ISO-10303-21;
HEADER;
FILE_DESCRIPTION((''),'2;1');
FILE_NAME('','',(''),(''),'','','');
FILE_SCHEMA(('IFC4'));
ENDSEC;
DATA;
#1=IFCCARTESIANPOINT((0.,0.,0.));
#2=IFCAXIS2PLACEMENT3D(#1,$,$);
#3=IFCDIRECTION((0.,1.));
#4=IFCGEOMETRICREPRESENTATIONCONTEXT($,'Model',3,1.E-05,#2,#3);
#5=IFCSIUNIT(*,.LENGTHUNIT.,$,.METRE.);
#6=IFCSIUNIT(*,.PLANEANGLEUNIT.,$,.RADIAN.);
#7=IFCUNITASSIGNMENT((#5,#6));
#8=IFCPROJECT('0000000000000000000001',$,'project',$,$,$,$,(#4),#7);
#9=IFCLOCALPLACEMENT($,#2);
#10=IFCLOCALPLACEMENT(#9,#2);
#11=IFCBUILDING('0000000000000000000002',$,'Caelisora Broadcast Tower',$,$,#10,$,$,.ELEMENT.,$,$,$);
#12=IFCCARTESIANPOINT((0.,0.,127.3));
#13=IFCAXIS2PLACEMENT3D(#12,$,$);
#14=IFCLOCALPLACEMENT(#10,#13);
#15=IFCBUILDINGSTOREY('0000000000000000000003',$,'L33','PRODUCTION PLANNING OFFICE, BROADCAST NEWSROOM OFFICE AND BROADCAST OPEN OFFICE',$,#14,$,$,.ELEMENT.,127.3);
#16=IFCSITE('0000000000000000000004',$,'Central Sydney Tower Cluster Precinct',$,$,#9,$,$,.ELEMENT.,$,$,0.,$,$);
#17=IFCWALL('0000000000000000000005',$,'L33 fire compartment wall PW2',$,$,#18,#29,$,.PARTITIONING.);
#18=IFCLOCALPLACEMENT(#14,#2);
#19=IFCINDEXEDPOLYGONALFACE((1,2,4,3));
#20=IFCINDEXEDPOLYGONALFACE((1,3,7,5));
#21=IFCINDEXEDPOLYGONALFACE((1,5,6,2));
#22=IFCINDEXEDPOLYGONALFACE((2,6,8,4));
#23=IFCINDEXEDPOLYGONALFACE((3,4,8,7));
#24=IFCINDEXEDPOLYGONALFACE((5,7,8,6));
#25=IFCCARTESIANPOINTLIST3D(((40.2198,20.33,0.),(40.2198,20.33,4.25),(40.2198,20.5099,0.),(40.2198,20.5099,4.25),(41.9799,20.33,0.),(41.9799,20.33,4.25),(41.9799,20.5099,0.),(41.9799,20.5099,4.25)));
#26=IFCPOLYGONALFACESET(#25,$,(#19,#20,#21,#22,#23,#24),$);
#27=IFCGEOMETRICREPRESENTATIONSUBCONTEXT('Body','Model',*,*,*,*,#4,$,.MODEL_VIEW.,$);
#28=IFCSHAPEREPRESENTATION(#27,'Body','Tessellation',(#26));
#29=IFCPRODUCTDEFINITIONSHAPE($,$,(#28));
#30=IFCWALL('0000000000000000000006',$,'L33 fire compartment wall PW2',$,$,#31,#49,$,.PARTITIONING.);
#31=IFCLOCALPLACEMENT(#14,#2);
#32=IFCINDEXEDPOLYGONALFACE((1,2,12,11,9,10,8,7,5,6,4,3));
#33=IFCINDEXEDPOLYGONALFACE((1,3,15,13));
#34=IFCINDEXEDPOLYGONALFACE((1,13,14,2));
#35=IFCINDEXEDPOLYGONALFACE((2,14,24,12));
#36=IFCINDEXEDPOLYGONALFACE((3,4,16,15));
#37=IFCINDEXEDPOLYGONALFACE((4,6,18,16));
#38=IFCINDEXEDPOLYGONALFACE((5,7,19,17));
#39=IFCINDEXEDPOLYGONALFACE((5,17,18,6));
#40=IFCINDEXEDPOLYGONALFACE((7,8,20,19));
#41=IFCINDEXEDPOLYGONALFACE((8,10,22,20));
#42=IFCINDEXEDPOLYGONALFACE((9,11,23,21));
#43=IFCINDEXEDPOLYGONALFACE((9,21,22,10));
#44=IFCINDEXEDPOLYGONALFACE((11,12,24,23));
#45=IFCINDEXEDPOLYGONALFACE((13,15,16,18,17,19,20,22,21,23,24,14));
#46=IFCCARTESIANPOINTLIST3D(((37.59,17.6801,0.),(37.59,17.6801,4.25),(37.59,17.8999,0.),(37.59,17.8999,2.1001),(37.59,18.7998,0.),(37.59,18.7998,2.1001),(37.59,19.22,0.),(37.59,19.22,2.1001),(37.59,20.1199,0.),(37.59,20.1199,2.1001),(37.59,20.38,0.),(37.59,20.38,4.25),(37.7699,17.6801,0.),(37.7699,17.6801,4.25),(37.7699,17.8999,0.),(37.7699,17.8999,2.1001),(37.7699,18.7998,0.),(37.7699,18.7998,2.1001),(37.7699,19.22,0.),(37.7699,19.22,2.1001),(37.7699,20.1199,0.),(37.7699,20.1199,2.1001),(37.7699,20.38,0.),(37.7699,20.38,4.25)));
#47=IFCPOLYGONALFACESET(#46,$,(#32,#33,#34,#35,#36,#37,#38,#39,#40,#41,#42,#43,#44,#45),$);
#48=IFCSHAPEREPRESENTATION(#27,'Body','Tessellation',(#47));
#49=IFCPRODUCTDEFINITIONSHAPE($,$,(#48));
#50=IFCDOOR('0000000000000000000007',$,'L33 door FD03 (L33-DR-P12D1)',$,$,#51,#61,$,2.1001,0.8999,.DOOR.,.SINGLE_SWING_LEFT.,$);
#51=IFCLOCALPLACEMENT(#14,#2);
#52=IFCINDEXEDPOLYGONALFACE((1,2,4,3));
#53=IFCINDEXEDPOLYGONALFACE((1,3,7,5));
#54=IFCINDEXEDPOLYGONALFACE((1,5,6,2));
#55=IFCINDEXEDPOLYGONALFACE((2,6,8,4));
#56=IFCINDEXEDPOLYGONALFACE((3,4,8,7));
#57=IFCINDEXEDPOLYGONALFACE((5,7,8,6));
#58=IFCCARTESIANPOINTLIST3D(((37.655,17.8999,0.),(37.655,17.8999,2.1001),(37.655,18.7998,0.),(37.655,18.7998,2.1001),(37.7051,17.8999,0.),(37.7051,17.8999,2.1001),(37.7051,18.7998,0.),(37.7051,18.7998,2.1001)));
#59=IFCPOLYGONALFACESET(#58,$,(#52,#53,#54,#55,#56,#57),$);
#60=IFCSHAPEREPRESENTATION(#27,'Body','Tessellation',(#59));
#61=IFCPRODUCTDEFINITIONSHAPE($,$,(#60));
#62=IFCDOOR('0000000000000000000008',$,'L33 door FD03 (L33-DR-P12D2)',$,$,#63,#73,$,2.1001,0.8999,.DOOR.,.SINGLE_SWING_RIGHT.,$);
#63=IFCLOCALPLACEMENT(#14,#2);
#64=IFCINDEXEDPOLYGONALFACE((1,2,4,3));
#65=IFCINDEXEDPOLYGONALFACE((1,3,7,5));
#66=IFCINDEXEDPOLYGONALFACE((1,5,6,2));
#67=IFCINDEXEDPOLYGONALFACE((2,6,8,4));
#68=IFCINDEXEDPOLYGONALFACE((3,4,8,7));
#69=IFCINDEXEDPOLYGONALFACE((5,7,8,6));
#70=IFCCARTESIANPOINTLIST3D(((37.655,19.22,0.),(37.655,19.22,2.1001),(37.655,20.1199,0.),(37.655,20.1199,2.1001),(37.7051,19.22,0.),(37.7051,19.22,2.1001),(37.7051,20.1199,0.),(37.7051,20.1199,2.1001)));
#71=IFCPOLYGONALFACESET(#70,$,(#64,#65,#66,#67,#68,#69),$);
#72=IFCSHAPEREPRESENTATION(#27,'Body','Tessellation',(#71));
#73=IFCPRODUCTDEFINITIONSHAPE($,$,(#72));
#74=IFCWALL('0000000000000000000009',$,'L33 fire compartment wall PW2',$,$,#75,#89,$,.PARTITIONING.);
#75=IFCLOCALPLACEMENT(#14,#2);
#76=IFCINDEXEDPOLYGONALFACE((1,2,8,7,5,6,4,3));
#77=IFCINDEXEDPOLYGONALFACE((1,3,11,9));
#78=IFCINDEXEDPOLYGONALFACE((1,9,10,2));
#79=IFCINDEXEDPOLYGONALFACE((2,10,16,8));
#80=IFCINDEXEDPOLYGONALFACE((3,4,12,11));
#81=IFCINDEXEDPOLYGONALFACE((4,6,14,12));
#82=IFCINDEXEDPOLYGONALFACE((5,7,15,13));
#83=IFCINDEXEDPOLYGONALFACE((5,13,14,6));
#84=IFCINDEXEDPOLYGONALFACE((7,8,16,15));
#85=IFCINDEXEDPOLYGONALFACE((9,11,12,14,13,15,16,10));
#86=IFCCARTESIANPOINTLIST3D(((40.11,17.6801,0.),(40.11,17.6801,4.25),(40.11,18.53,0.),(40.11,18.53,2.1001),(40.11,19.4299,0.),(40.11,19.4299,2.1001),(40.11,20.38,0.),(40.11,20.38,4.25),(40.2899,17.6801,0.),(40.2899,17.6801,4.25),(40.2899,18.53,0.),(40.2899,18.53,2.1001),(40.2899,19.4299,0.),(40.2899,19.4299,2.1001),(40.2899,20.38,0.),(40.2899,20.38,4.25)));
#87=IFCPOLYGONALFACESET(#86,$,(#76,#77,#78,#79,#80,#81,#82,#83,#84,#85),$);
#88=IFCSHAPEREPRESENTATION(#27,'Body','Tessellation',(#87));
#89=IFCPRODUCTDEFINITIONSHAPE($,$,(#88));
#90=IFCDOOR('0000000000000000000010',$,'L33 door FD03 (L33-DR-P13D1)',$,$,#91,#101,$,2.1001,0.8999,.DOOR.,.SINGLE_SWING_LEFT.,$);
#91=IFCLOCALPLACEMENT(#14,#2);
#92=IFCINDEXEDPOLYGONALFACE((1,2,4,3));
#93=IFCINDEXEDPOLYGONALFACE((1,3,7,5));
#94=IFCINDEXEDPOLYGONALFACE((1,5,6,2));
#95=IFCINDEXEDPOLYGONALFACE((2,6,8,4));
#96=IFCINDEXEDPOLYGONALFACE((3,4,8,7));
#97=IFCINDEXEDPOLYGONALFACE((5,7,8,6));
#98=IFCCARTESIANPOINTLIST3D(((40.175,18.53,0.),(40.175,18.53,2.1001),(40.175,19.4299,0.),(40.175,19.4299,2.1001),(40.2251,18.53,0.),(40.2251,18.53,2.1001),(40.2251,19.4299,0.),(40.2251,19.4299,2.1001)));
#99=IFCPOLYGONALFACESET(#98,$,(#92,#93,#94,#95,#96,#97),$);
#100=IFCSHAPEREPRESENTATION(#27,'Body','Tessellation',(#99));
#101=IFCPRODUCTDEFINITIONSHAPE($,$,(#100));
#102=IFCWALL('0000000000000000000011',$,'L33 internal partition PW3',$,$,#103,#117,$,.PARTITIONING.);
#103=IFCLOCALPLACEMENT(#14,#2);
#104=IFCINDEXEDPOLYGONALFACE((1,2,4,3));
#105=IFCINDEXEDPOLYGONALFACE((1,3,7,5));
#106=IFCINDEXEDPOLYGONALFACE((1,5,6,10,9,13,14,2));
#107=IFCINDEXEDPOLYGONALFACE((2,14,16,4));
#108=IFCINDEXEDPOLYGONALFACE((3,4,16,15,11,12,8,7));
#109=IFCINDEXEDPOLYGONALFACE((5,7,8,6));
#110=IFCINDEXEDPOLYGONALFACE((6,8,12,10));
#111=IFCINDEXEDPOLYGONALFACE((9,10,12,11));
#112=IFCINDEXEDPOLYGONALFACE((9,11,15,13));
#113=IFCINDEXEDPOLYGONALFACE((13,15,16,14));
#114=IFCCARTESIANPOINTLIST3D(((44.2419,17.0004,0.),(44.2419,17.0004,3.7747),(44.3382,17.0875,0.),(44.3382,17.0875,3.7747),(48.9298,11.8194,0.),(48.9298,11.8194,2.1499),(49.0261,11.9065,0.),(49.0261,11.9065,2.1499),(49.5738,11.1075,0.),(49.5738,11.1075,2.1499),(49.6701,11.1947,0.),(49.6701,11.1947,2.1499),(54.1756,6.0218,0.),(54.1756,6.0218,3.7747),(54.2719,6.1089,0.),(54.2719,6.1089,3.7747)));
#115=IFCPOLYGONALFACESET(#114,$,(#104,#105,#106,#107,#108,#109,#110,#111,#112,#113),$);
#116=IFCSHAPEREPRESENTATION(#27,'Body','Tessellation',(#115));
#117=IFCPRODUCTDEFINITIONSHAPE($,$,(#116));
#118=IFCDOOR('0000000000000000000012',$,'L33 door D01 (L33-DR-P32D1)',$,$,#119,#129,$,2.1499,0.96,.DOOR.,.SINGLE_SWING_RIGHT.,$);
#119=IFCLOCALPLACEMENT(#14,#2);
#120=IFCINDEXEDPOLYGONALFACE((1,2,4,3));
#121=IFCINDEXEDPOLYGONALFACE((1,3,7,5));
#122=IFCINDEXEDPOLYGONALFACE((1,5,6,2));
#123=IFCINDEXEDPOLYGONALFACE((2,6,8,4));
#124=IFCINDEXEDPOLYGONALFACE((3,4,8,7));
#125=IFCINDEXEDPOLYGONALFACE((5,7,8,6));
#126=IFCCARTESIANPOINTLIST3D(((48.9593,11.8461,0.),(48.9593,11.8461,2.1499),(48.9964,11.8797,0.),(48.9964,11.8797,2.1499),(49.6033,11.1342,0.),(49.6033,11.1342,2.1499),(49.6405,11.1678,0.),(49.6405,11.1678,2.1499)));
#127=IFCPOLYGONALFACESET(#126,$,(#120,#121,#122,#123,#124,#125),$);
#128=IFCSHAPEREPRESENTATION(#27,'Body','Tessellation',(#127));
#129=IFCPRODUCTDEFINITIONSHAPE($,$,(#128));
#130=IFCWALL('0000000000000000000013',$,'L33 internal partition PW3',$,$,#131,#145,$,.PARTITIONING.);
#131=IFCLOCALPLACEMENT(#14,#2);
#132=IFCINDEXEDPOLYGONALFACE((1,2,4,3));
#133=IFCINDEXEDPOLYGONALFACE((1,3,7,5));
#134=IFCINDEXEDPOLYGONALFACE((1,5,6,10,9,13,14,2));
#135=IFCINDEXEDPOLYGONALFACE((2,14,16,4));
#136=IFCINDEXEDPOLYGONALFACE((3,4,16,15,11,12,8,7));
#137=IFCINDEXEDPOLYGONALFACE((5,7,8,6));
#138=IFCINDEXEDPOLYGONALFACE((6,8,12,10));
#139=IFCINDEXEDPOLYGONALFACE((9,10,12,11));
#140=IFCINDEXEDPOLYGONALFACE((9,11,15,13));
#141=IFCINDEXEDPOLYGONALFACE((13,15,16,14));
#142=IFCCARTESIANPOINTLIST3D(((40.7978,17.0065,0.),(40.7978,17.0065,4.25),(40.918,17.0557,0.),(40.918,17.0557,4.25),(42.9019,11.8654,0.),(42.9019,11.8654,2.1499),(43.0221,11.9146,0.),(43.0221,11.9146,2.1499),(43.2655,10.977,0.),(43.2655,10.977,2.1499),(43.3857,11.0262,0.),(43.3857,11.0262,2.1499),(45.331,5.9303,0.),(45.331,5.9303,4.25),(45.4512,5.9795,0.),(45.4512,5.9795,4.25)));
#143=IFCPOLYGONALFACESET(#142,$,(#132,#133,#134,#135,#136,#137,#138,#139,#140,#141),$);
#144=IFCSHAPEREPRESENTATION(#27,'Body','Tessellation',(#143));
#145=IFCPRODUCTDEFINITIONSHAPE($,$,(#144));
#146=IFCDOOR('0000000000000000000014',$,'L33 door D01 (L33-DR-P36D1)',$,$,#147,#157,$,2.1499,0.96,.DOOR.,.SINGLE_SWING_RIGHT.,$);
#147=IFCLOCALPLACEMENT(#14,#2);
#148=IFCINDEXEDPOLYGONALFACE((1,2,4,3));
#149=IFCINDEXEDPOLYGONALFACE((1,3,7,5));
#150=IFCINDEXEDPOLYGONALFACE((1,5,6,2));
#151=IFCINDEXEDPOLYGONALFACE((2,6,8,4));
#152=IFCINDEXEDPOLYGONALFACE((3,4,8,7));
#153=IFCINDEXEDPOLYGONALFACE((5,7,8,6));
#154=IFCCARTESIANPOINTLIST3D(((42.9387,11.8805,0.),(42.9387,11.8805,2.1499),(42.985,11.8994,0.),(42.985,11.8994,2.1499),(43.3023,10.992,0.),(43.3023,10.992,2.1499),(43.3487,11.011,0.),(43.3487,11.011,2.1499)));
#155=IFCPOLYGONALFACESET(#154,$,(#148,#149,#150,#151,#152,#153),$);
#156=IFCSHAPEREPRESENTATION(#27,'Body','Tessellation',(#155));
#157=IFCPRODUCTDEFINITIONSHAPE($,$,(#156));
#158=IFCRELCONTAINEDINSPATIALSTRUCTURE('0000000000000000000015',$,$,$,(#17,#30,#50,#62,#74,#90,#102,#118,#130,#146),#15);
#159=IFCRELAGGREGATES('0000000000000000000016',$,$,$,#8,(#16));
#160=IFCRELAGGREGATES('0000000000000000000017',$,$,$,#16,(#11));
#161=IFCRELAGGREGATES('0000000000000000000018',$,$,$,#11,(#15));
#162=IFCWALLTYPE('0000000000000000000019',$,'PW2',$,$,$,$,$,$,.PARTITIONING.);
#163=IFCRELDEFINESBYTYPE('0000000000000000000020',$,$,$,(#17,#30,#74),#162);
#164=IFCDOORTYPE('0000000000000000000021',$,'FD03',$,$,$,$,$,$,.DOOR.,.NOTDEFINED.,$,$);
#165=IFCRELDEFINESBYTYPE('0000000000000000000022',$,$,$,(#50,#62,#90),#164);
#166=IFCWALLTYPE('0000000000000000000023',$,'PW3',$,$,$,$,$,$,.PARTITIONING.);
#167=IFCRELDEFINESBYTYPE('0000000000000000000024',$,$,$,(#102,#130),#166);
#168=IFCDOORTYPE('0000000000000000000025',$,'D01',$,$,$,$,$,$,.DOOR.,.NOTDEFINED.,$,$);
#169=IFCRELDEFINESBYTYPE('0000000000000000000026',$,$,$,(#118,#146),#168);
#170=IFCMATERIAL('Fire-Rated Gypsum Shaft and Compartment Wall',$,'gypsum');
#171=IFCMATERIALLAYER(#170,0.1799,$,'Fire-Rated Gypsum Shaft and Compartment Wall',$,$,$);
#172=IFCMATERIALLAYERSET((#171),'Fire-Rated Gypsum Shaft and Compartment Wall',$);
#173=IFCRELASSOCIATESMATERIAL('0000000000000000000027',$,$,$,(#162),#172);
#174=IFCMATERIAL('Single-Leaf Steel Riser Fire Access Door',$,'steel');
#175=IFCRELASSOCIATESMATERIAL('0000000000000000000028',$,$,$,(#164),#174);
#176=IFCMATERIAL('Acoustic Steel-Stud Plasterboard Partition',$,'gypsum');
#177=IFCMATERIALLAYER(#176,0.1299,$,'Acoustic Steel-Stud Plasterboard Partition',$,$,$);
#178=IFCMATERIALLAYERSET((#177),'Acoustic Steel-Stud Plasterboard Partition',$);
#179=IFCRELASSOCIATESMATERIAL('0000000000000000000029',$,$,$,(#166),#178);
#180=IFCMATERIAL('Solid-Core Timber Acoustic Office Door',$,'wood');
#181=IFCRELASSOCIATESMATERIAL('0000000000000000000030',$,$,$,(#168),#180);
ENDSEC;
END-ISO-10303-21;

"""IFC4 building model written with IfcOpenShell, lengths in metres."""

from ifc_helpers import new_model, si_unit, direction, frame, frame_2d, origin, place, context, subcontext, project, spatial, rectangle, extrude, material, layer, layer_set, type_object, element, fill, save


model = new_model("IFC4")

# Units and contexts
model_context = context("Model", 3, precision=1e-05, world=origin(), true_north=direction((0.0, 1.0)))
body_context = subcontext(model_context, "Body", "Model", "MODEL_VIEW")
ifc_project = project(units=[si_unit("LENGTHUNIT", "METRE"), si_unit("PLANEANGLEUNIT", "RADIAN")], contexts=[model_context])

# Site, building, storey
site_placement = place(None, origin())
site = spatial("IfcSite", under=ifc_project, at=site_placement, Name="Central Sydney Tower Cluster Precinct", CompositionType="ELEMENT", RefElevation=0.0)
building_placement = place(site_placement, origin())
building = spatial("IfcBuilding", under=site, at=building_placement, Name="Caelisora Broadcast Tower", CompositionType="ELEMENT")
storey_placement = place(building_placement, frame((0.0, 0.0, 127.3)))
storey = spatial("IfcBuildingStorey", under=building, at=storey_placement, Name="L33", Description="PRODUCTION PLANNING OFFICE, BROADCAST NEWSROOM OFFICE AND BROADCAST OPEN OFFICE", CompositionType="ELEMENT", Elevation=127.3)

# Shared definitions
ifc_material_1 = material(Name="Fire-Rated Gypsum Shaft and Compartment Wall", Category="gypsum")
ifc_layer_1 = layer(ifc_material_1, 0.1799, Name="Fire-Rated Gypsum Shaft and Compartment Wall")
ifc_layer_set_1 = layer_set([ifc_layer_1], Name="Fire-Rated Gypsum Shaft and Compartment Wall")
wall_type_1 = type_object("IfcWallType", Name="PW2", PredefinedType="PARTITIONING", material=ifc_layer_set_1)

# Wall
wall_1_placement = place(storey_placement, frame((40.22, 20.4199, 0.0), z_axis=(0.0, 0.0, 1.0), x_axis=(1.0, 0.0, 0.0)))
element("IfcWall", 1, at=wall_1_placement, inside=storey, type_object=wall_type_1, Name="L33 fire compartment wall PW2", PredefinedType="PARTITIONING", context=body_context, shape_type="SweptSolid", body=[
    extrude(rectangle(XDim=1.76, YDim=0.1799, at=frame_2d((0.8799, 0.0))), origin(), (0.0, 0.0, 1.0), 4.25),
])

# Wall, openings, doors
wall_2_placement = place(storey_placement, frame((37.6799, 17.6799, 0.0), z_axis=(0.0, 0.0, 1.0), x_axis=(0.0, 1.0, 0.0)))
wall_2 = element("IfcWall", 2, at=wall_2_placement, inside=storey, type_object=wall_type_1, Name="L33 fire compartment wall PW2", PredefinedType="PARTITIONING", context=body_context, shape_type="SweptSolid", body=[
    extrude(rectangle(XDim=2.7, YDim=0.1799, at=frame_2d((1.3501, 0.0))), origin(), (0.0, 0.0, 1.0), 4.25),
])
opening_1_placement = place(wall_2_placement, frame((0.22, 0.0, 0.0)))
opening_1 = element("IfcOpeningElement", 3, at=opening_1_placement, cuts=wall_2, PredefinedType="OPENING", context=body_context, shape_type="SweptSolid", body=[
    extrude(rectangle(XDim=0.8999, YDim=2.1001, at=frame_2d((0.45, 1.05))), frame((0.0, 0.1021, 0.0), z_axis=(0.0, -1.0, 0.0), x_axis=(1.0, 0.0, 0.0)), (0.0, 0.0, 1.0), 0.2039),
])
opening_2_placement = place(wall_2_placement, frame((1.54, 0.0, 0.0)))
opening_2 = element("IfcOpeningElement", 4, at=opening_2_placement, cuts=wall_2, PredefinedType="OPENING", context=body_context, shape_type="SweptSolid", body=[
    extrude(rectangle(XDim=0.8999, YDim=2.1001, at=frame_2d((0.45, 1.05))), frame((0.0, 0.1021, 0.0), z_axis=(0.0, -1.0, 0.0), x_axis=(1.0, 0.0, 0.0)), (0.0, 0.0, 1.0), 0.2039),
])
ifc_material_2 = material(Name="Single-Leaf Steel Riser Fire Access Door", Category="steel")
door_type_1 = type_object("IfcDoorType", Name="FD03", OperationType="NOTDEFINED", PredefinedType="DOOR", material=ifc_material_2)
door_1_placement = place(opening_1_placement, origin())
door_1 = element("IfcDoor", 5, at=door_1_placement, inside=storey, type_object=door_type_1, Name="L33 door FD03 (L33-DR-P12D1)", OperationType="SINGLE_SWING_LEFT", OverallHeight=2.1001, OverallWidth=0.8999, PredefinedType="DOOR", context=body_context, shape_type="SweptSolid", body=[
    extrude(rectangle(XDim=0.8999, YDim=2.1001, at=frame_2d((0.45, 1.05))), frame((0.0, 0.0249, 0.0), z_axis=(0.0, -1.0, 0.0), x_axis=(1.0, 0.0, 0.0)), (0.0, 0.0, 1.0), 0.05),
])
fill(opening_1, door_1)
door_2_placement = place(opening_2_placement, origin())
door_2 = element("IfcDoor", 6, at=door_2_placement, inside=storey, type_object=door_type_1, Name="L33 door FD03 (L33-DR-P12D2)", OperationType="SINGLE_SWING_RIGHT", OverallHeight=2.1001, OverallWidth=0.8999, PredefinedType="DOOR", context=body_context, shape_type="SweptSolid", body=[
    extrude(rectangle(XDim=0.8999, YDim=2.1001, at=frame_2d((0.45, 1.05))), frame((0.0, 0.0249, 0.0), z_axis=(0.0, -1.0, 0.0), x_axis=(1.0, 0.0, 0.0)), (0.0, 0.0, 1.0), 0.05),
])
fill(opening_2, door_2)

# Walls, openings, doors
wall_3_placement = place(storey_placement, frame((40.2, 17.6799, 0.0), z_axis=(0.0, 0.0, 1.0), x_axis=(0.0, 1.0, 0.0)))
wall_3 = element("IfcWall", 7, at=wall_3_placement, inside=storey, type_object=wall_type_1, Name="L33 fire compartment wall PW2", PredefinedType="PARTITIONING", context=body_context, shape_type="SweptSolid", body=[
    extrude(rectangle(XDim=2.7, YDim=0.1799, at=frame_2d((1.3501, 0.0))), origin(), (0.0, 0.0, 1.0), 4.25),
])
opening_3_placement = place(wall_3_placement, frame((0.8501, 0.0, 0.0)))
opening_3 = element("IfcOpeningElement", 8, at=opening_3_placement, cuts=wall_3, PredefinedType="OPENING", context=body_context, shape_type="SweptSolid", body=[
    extrude(rectangle(XDim=0.8999, YDim=2.1001, at=frame_2d((0.45, 1.05))), frame((0.0, 0.1021, 0.0), z_axis=(0.0, -1.0, 0.0), x_axis=(1.0, 0.0, 0.0)), (0.0, 0.0, 1.0), 0.2039),
])
door_3_placement = place(opening_3_placement, origin())
door_3 = element("IfcDoor", 9, at=door_3_placement, inside=storey, type_object=door_type_1, Name="L33 door FD03 (L33-DR-P13D1)", OperationType="SINGLE_SWING_LEFT", OverallHeight=2.1001, OverallWidth=0.8999, PredefinedType="DOOR", context=body_context, shape_type="SweptSolid", body=[
    extrude(rectangle(XDim=0.8999, YDim=2.1001, at=frame_2d((0.45, 1.05))), frame((0.0, 0.0249, 0.0), z_axis=(0.0, -1.0, 0.0), x_axis=(1.0, 0.0, 0.0)), (0.0, 0.0, 1.0), 0.05),
])
fill(opening_3, door_3)
ifc_material_3 = material(Name="Acoustic Steel-Stud Plasterboard Partition", Category="gypsum")
ifc_layer_2 = layer(ifc_material_3, 0.1299, Name="Acoustic Steel-Stud Plasterboard Partition")
ifc_layer_set_2 = layer_set([ifc_layer_2], Name="Acoustic Steel-Stud Plasterboard Partition")
wall_type_2 = type_object("IfcWallType", Name="PW3", PredefinedType="PARTITIONING", material=ifc_layer_set_2)
wall_4_placement = place(storey_placement, frame((44.29, 17.0439, 0.0), z_axis=(0.0, 0.0, 1.0), x_axis=(0.670938, -0.741514, 0.0)))
wall_4 = element("IfcWall", 10, at=wall_4_placement, inside=storey, type_object=wall_type_2, Name="L33 internal partition PW3", PredefinedType="PARTITIONING", context=body_context, shape_type="SweptSolid", body=[
    extrude(rectangle(XDim=14.8057, YDim=0.1299, at=frame_2d((7.4028, 0.0))), origin(), (0.0, 0.0, 1.0), 3.7747),
])
opening_4_placement = place(wall_4_placement, frame((6.9871, 0.0, 0.0)))
opening_4 = element("IfcOpeningElement", 11, at=opening_4_placement, cuts=wall_4, PredefinedType="OPENING", context=body_context, shape_type="SweptSolid", body=[
    extrude(rectangle(XDim=0.96, YDim=2.1499, at=frame_2d((0.48, 1.075))), frame((0.0, 0.0769, 0.0), z_axis=(0.0, -1.0, 0.0), x_axis=(1.0, 0.0, 0.0)), (0.0, 0.0, 1.0), 0.1538),
])
ifc_material_4 = material(Name="Solid-Core Timber Acoustic Office Door", Category="wood")
door_type_2 = type_object("IfcDoorType", Name="D01", OperationType="NOTDEFINED", PredefinedType="DOOR", material=ifc_material_4)
door_4_placement = place(opening_4_placement, origin())
door_4 = element("IfcDoor", 12, at=door_4_placement, inside=storey, type_object=door_type_2, Name="L33 door D01 (L33-DR-P32D1)", OperationType="SINGLE_SWING_RIGHT", OverallHeight=2.1499, OverallWidth=0.96, PredefinedType="DOOR", context=body_context, shape_type="SweptSolid", body=[
    extrude(rectangle(XDim=0.96, YDim=2.1499, at=frame_2d((0.48, 1.075))), frame((0.0, 0.0249, 0.0), z_axis=(0.0, -1.0, 0.0), x_axis=(1.0, 0.0, 0.0)), (0.0, 0.0, 1.0), 0.05),
])
fill(opening_4, door_4)
wall_5_placement = place(storey_placement, frame((40.8579, 17.031, 0.0), z_axis=(0.0, 0.0, 1.0), x_axis=(0.378779, -0.925487, 0.0)))
wall_5 = element("IfcWall", 13, at=wall_5_placement, inside=storey, type_object=wall_type_2, Name="L33 internal partition PW3", PredefinedType="PARTITIONING", context=body_context, shape_type="SweptSolid", body=[
    extrude(rectangle(XDim=11.968, YDim=0.1299, at=frame_2d((5.9839, 0.0))), origin(), (0.0, 0.0, 1.0), 4.25),
])
opening_5_placement = place(wall_5_placement, frame((5.5549, 0.0, 0.0)))
opening_5 = element("IfcOpeningElement", 14, at=opening_5_placement, cuts=wall_5, PredefinedType="OPENING", context=body_context, shape_type="SweptSolid", body=[
    extrude(rectangle(XDim=0.96, YDim=2.1499, at=frame_2d((0.48, 1.075))), frame((0.0, 0.0769, 0.0), z_axis=(0.0, -1.0, 0.0), x_axis=(1.0, 0.0, 0.0)), (0.0, 0.0, 1.0), 0.1538),
])
door_5_placement = place(opening_5_placement, origin())
door_5 = element("IfcDoor", 15, at=door_5_placement, inside=storey, type_object=door_type_2, Name="L33 door D01 (L33-DR-P36D1)", OperationType="SINGLE_SWING_RIGHT", OverallHeight=2.1499, OverallWidth=0.96, PredefinedType="DOOR", context=body_context, shape_type="SweptSolid", body=[
    extrude(rectangle(XDim=0.96, YDim=2.1499, at=frame_2d((0.48, 1.075))), frame((0.0, 0.0249, 0.0), z_axis=(0.0, -1.0, 0.0), x_axis=(1.0, 0.0, 0.0)), (0.0, 0.0, 1.0), 0.05),
])
fill(opening_5, door_5)

save(model, "model.ifc")
